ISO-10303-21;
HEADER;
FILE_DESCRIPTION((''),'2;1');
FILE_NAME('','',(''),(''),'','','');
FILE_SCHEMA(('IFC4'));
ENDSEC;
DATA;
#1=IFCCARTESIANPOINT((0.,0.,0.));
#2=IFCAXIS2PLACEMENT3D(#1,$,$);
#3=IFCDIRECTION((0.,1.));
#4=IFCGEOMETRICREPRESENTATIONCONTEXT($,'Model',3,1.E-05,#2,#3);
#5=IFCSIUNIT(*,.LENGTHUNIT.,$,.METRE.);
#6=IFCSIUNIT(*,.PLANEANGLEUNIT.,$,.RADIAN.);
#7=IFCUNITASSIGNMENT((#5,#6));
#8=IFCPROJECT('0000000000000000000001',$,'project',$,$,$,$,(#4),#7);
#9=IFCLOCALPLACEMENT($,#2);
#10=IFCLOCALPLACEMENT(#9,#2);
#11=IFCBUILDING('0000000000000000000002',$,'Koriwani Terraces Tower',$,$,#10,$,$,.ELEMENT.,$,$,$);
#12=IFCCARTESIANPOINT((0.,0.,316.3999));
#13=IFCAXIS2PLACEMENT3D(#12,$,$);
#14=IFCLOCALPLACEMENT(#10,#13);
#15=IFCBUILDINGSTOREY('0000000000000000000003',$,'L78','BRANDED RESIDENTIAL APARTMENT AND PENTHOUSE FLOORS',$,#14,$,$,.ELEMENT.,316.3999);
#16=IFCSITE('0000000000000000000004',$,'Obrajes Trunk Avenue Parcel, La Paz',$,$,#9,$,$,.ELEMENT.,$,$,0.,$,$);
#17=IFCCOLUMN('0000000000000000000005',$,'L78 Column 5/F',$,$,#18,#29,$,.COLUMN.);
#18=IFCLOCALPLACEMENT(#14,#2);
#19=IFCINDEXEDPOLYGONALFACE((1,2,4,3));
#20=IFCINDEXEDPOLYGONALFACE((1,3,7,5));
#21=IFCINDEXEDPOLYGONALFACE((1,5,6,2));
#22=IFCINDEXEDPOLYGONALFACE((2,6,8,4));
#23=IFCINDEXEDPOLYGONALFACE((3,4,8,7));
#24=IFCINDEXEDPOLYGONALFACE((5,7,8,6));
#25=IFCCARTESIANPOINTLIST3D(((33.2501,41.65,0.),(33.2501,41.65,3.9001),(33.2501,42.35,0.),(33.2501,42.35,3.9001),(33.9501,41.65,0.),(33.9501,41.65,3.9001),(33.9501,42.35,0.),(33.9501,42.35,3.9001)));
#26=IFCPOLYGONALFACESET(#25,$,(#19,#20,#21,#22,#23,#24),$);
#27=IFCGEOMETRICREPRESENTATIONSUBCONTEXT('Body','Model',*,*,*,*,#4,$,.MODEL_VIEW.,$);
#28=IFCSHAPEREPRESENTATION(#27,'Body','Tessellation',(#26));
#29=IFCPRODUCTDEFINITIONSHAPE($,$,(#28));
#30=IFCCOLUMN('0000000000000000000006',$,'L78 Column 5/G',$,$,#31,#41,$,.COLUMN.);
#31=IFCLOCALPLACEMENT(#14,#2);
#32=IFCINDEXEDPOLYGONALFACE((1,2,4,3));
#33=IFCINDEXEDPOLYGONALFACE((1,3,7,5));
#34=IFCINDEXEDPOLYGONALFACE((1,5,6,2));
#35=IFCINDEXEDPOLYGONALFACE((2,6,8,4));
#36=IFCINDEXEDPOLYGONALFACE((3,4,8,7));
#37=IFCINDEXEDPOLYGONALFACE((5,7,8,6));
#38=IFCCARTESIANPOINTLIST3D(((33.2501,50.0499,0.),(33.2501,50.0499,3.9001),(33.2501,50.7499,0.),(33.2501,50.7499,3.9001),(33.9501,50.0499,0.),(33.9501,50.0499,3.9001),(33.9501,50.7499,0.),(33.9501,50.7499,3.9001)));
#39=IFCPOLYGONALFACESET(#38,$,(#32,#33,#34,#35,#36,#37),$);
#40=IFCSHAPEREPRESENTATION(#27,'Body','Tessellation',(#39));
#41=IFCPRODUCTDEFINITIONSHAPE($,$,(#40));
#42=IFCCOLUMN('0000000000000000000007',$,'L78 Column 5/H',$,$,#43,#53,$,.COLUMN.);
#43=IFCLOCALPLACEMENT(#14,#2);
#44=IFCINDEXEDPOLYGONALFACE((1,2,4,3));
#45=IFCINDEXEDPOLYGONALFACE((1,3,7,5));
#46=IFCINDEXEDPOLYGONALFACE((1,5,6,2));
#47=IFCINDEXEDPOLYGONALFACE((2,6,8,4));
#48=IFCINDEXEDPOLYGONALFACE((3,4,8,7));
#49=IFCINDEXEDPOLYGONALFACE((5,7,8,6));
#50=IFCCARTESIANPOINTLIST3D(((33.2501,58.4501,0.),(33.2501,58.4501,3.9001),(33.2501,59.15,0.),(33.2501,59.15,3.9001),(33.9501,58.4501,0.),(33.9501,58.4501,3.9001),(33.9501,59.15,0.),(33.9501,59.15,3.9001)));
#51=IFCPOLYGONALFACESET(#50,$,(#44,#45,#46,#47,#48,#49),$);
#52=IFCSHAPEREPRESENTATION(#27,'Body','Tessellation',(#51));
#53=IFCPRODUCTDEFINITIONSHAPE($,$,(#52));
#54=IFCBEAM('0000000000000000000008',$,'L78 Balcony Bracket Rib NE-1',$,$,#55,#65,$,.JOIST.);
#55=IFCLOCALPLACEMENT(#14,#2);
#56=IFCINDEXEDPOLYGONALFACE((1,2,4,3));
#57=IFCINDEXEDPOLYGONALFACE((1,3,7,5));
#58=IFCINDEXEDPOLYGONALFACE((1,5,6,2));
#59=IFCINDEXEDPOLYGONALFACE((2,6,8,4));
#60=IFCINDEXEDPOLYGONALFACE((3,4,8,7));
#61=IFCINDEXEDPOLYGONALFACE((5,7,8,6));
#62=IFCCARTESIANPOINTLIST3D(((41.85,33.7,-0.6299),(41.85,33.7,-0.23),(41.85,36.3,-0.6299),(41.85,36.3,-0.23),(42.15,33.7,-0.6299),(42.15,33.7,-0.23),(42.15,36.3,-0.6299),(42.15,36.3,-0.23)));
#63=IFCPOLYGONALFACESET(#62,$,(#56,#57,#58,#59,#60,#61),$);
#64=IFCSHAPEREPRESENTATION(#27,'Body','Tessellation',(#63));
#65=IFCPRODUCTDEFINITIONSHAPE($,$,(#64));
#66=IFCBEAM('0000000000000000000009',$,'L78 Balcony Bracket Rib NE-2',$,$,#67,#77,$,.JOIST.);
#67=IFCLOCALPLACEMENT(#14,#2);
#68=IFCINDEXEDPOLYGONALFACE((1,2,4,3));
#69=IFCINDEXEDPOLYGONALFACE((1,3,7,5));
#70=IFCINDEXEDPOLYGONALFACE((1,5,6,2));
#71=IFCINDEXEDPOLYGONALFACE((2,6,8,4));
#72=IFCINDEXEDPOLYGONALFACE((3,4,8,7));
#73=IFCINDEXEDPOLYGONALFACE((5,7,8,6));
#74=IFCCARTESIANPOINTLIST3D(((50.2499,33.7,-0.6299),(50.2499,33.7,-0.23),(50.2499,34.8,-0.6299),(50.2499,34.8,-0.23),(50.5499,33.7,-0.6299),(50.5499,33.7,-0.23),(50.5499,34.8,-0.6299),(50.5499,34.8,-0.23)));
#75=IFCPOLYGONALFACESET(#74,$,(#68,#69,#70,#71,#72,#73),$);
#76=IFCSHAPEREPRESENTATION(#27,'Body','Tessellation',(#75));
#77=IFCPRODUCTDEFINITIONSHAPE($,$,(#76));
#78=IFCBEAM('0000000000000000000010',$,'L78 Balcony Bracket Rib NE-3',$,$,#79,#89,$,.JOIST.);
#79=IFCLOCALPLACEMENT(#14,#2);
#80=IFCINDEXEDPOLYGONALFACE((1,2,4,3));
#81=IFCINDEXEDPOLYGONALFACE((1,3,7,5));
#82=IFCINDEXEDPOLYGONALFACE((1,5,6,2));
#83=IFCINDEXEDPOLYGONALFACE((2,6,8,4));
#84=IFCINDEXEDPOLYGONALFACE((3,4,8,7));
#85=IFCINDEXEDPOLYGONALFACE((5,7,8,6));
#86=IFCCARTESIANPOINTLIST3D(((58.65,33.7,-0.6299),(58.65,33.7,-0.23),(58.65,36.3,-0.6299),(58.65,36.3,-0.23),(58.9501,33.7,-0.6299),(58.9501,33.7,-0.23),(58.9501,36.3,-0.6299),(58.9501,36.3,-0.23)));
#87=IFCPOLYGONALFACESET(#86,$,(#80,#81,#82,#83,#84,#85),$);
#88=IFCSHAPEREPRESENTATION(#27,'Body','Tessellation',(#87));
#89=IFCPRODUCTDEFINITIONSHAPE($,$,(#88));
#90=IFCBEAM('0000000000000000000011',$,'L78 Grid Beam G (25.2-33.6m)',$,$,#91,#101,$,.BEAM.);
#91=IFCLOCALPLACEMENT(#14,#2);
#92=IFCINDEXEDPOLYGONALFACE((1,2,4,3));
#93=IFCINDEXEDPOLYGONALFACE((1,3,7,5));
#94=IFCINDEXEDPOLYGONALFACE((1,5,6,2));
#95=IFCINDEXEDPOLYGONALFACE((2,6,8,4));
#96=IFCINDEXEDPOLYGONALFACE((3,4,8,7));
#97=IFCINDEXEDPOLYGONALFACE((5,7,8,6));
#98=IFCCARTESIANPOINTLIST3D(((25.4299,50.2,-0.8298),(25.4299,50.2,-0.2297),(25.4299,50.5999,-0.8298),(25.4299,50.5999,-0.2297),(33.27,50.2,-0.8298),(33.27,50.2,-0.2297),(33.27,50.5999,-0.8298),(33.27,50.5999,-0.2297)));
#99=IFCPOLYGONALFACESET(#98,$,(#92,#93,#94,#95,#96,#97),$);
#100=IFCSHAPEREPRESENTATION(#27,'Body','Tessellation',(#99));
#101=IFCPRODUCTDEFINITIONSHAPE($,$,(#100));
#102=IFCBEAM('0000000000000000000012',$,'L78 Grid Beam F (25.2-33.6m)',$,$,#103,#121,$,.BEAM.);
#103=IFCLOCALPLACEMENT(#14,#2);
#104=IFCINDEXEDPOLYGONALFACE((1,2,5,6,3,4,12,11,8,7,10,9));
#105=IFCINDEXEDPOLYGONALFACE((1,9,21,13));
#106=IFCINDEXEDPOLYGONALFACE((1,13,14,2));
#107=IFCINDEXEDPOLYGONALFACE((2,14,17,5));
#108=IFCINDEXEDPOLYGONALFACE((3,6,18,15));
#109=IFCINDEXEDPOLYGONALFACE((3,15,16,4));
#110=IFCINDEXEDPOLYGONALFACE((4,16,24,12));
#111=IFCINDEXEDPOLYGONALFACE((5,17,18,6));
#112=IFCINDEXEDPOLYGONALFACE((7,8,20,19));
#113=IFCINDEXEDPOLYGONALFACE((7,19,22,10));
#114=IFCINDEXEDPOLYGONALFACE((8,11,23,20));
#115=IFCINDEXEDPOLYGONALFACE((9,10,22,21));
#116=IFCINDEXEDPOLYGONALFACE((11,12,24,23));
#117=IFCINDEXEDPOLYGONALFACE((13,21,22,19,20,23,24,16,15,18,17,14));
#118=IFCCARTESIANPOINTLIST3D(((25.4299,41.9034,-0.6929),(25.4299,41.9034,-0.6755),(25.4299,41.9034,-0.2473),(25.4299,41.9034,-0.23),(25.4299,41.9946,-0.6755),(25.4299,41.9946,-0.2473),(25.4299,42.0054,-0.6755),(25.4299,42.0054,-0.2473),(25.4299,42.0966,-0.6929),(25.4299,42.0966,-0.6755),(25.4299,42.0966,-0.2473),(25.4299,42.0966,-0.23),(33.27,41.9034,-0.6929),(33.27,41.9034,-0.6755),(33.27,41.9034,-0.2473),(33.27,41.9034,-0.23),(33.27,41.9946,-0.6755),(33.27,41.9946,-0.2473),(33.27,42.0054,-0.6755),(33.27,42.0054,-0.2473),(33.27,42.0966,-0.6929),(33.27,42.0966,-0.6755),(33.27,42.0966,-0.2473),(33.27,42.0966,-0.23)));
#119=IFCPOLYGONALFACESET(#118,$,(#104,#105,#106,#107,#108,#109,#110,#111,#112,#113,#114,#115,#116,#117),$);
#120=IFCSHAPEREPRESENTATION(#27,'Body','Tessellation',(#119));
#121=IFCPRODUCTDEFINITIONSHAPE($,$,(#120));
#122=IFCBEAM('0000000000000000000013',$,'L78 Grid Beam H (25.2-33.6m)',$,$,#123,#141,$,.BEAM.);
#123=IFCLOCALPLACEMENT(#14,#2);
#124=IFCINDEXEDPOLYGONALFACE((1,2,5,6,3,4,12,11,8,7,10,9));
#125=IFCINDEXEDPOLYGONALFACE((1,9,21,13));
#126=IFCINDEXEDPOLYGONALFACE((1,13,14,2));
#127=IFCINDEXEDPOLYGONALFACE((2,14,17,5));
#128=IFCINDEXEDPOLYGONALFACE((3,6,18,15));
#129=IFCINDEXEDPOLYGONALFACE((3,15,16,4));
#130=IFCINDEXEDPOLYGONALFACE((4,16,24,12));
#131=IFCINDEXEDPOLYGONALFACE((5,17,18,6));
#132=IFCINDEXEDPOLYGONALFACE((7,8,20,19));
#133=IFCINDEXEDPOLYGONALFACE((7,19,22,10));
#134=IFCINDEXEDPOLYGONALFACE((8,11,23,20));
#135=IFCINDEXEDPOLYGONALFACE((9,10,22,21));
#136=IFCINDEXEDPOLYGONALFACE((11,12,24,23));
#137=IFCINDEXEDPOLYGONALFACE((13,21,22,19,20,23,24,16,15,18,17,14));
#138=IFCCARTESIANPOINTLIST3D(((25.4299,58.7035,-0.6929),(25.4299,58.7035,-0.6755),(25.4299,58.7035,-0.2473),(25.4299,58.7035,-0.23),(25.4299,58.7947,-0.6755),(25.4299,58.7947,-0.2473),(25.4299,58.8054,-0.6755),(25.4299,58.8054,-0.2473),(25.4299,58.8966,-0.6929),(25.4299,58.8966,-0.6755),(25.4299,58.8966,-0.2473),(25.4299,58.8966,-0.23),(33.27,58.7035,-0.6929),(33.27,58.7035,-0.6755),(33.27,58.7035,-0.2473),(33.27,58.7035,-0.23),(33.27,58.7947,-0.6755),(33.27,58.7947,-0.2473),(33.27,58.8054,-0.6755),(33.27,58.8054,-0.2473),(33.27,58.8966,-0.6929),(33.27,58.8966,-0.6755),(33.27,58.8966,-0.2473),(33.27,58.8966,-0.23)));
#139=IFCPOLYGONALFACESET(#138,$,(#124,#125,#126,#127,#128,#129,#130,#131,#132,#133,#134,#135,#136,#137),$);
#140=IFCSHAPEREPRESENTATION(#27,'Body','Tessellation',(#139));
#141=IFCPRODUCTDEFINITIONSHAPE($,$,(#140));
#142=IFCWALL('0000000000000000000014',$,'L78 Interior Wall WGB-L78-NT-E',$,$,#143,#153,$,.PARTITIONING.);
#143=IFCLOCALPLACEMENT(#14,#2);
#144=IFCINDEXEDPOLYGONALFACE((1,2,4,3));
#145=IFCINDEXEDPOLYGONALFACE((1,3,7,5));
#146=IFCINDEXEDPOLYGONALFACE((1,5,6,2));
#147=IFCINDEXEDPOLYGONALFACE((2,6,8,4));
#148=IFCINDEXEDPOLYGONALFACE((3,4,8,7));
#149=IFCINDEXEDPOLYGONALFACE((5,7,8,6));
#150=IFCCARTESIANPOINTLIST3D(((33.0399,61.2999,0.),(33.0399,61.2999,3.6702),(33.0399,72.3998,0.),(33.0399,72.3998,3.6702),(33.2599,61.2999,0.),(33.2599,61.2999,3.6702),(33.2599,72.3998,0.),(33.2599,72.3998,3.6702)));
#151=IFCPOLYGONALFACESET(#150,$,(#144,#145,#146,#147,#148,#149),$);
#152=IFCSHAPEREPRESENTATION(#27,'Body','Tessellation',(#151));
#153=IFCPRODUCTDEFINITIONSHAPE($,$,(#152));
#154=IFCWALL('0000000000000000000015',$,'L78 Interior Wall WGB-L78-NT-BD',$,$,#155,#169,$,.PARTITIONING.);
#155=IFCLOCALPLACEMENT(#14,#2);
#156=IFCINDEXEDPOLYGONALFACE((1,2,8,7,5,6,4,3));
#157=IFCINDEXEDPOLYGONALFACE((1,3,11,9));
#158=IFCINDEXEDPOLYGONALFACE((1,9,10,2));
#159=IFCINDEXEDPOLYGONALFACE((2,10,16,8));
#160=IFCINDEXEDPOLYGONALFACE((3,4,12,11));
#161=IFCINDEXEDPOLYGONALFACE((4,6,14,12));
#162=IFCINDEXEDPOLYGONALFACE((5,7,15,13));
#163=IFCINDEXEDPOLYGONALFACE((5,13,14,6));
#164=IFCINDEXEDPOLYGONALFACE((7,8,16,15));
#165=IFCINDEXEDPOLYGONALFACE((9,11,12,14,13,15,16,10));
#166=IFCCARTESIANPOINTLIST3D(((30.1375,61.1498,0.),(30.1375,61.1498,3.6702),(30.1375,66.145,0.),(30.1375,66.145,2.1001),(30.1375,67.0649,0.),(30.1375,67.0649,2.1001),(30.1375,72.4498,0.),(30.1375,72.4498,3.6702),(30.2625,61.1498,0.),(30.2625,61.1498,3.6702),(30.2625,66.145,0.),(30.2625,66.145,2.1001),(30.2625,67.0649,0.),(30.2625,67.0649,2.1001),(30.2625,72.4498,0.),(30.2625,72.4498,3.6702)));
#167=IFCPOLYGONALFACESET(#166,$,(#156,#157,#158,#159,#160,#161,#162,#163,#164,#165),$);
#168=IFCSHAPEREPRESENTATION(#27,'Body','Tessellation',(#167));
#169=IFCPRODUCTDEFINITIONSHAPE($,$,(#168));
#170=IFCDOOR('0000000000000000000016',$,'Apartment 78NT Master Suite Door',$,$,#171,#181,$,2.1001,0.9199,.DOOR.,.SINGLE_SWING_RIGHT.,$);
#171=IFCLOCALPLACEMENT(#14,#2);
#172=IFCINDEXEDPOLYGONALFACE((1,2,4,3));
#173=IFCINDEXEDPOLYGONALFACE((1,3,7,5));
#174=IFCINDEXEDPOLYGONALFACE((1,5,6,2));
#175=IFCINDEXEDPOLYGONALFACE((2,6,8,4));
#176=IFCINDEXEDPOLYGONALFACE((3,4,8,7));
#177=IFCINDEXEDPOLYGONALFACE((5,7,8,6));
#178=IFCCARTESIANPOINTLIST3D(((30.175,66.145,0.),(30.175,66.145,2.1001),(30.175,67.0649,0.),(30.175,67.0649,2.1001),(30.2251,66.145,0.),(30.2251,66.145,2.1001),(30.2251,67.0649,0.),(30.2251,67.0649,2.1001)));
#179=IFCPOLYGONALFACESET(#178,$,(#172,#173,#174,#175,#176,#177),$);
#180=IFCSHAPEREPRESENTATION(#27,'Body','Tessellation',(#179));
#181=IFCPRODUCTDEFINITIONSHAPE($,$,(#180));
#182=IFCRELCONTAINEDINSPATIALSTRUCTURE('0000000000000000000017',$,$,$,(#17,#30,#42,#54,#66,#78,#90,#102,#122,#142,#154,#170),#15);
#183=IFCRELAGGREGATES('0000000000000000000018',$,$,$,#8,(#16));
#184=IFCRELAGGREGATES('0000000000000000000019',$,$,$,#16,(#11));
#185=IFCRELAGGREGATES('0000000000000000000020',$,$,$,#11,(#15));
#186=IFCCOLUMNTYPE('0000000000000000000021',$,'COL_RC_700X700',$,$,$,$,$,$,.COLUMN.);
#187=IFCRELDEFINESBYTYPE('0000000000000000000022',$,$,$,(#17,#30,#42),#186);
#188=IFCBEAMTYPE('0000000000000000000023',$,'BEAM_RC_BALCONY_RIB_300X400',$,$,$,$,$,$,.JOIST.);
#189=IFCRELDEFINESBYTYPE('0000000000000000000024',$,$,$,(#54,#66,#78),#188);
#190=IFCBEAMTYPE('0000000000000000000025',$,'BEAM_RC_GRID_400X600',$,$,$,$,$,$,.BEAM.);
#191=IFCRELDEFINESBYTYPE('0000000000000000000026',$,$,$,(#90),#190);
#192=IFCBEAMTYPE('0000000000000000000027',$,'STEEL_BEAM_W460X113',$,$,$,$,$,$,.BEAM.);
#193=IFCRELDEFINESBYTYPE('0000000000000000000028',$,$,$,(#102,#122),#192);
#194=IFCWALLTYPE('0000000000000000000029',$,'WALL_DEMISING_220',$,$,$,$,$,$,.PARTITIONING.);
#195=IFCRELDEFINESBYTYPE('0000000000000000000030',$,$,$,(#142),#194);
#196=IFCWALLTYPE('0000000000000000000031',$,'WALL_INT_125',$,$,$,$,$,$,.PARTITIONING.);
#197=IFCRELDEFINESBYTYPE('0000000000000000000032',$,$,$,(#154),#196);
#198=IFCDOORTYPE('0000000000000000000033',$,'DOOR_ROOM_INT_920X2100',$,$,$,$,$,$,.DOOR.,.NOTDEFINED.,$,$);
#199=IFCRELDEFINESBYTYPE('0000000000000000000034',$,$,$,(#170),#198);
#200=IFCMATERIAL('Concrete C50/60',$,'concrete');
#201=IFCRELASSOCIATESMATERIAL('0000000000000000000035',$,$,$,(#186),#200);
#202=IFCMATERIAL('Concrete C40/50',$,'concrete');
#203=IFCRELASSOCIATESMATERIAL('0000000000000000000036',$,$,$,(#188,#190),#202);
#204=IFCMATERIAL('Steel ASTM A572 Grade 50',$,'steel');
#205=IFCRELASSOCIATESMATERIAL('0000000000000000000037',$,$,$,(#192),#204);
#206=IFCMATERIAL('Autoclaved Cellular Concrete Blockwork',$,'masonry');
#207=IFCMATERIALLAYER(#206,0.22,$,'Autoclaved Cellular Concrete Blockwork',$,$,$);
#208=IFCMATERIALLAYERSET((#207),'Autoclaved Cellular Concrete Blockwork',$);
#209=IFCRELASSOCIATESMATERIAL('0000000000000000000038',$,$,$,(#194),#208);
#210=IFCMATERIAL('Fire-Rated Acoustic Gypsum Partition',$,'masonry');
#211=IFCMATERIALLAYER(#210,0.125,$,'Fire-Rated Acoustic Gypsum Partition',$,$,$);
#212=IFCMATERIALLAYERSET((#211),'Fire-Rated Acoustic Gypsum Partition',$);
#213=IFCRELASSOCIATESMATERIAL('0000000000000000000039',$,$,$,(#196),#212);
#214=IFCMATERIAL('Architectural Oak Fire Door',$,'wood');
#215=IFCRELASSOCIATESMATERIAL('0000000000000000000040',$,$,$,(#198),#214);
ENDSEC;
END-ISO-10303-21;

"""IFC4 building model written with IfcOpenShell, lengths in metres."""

from ifc_helpers import new_model, si_unit, direction, frame, frame_2d, origin, origin_2d, place, context, subcontext, project, spatial, rectangle, i_section, extrude, material, layer, layer_set, material_profile, profile_set, type_object, element, fill, save


model = new_model("IFC4")

# Units and contexts
model_context = context("Model", 3, precision=1e-05, world=origin(), true_north=direction((0.0, 1.0)))
body_context = subcontext(model_context, "Body", "Model", "MODEL_VIEW")
ifc_project = project(units=[si_unit("LENGTHUNIT", "METRE"), si_unit("PLANEANGLEUNIT", "RADIAN")], contexts=[model_context])

# Site, building, storey
site_placement = place(None, origin())
site = spatial("IfcSite", under=ifc_project, at=site_placement, Name="Obrajes Trunk Avenue Parcel, La Paz", CompositionType="ELEMENT", RefElevation=0.0)
building_placement = place(site_placement, origin())
building = spatial("IfcBuilding", under=site, at=building_placement, Name="Koriwani Terraces Tower", CompositionType="ELEMENT")
storey_placement = place(building_placement, frame((0.0, 0.0, 316.3999)))
storey = spatial("IfcBuildingStorey", under=building, at=storey_placement, Name="L78", Description="BRANDED RESIDENTIAL APARTMENT AND PENTHOUSE FLOORS", CompositionType="ELEMENT", Elevation=316.3999)

# Columns
ifc_material_1 = material(Name="Concrete C50/60", Category="concrete")
ifc_material_profile_1 = material_profile(ifc_material_1, rectangle(XDim=0.7, YDim=0.7, at=origin_2d()), Name="Concrete C50/60", Category="LoadBearing")
ifc_profile_set_1 = profile_set([ifc_material_profile_1], Name="Concrete C50/60")
column_type = type_object("IfcColumnType", Name="COL_RC_700X700", PredefinedType="COLUMN", material=ifc_profile_set_1)
for number, where, z_axis, x_axis, name in (
    (1, (33.6001, 42.0, 0.0), (0.0, 0.0, 1.0), (1.0, 0.0, 0.0), "L78 Column 5/F"),
    (2, (33.6001, 50.3999, 0.0), (0.0, 0.0, 1.0), (1.0, 0.0, 0.0), "L78 Column 5/G"),
    (3, (33.6001, 58.8, 0.0), (0.0, 0.0, 1.0), (1.0, 0.0, 0.0), "L78 Column 5/H"),
):
    element("IfcColumn", number, at=place(storey_placement, frame(where, z_axis=z_axis, x_axis=x_axis)), inside=storey, type_object=column_type, Name=name, PredefinedType="COLUMN", context=body_context, shape_type="SweptSolid", body=[
        extrude(rectangle(XDim=0.7, YDim=0.7, at=origin_2d()), origin(), (0.0, 0.0, 1.0), 3.9001),
    ])

# Beams
ifc_material_2 = material(Name="Concrete C40/50", Category="concrete")
ifc_material_profile_2 = material_profile(ifc_material_2, rectangle(XDim=0.3, YDim=0.3999, at=origin_2d()), Name="Concrete C40/50", Category="LoadBearing")
ifc_profile_set_2 = profile_set([ifc_material_profile_2], Name="Concrete C40/50")
beam_type_1 = type_object("IfcBeamType", Name="BEAM_RC_BALCONY_RIB_300X400", PredefinedType="JOIST", material=ifc_profile_set_2)
beam_1_placement = place(storey_placement, frame((42.0, 33.7, -0.4299), z_axis=(0.0, 1.0, 0.0), x_axis=(-1.0, 0.0, 0.0)))
element("IfcBeam", 4, at=beam_1_placement, inside=storey, type_object=beam_type_1, Name="L78 Balcony Bracket Rib NE-1", PredefinedType="JOIST", context=body_context, shape_type="SweptSolid", body=[
    extrude(rectangle(XDim=0.3, YDim=0.3999, at=origin_2d()), origin(), (0.0, 0.0, 1.0), 2.6001),
])
beam_2_placement = place(storey_placement, frame((50.3999, 33.7, -0.4299), z_axis=(0.0, 1.0, 0.0), x_axis=(-1.0, 0.0, 0.0)))
element("IfcBeam", 5, at=beam_2_placement, inside=storey, type_object=beam_type_1, Name="L78 Balcony Bracket Rib NE-2", PredefinedType="JOIST", context=body_context, shape_type="SweptSolid", body=[
    extrude(rectangle(XDim=0.3, YDim=0.3999, at=origin_2d()), origin(), (0.0, 0.0, 1.0), 1.1001),
])
beam_3_placement = place(storey_placement, frame((58.8, 33.7, -0.4299), z_axis=(0.0, 1.0, 0.0), x_axis=(-1.0, 0.0, 0.0)))
element("IfcBeam", 6, at=beam_3_placement, inside=storey, type_object=beam_type_1, Name="L78 Balcony Bracket Rib NE-3", PredefinedType="JOIST", context=body_context, shape_type="SweptSolid", body=[
    extrude(rectangle(XDim=0.3, YDim=0.3999, at=origin_2d()), origin(), (0.0, 0.0, 1.0), 2.6001),
])
ifc_material_profile_3 = material_profile(ifc_material_2, rectangle(XDim=0.3999, YDim=0.6001, at=origin_2d()), Name="Concrete C40/50", Category="LoadBearing")
ifc_profile_set_3 = profile_set([ifc_material_profile_3], Name="Concrete C40/50")
beam_type_2 = type_object("IfcBeamType", Name="BEAM_RC_GRID_400X600", PredefinedType="BEAM", material=ifc_profile_set_3)
beam_4_placement = place(storey_placement, frame((25.4299, 50.3999, -0.5298), z_axis=(1.0, 0.0, 0.0), x_axis=(0.0, 1.0, 0.0)))
element("IfcBeam", 7, at=beam_4_placement, inside=storey, type_object=beam_type_2, Name="L78 Grid Beam G (25.2-33.6m)", PredefinedType="BEAM", context=body_context, shape_type="SweptSolid", body=[
    extrude(rectangle(XDim=0.3999, YDim=0.6001, at=origin_2d()), origin(), (0.0, 0.0, 1.0), 7.8401),
])
ifc_material_3 = material(Name="Steel ASTM A572 Grade 50", Category="steel")
ifc_material_profile_4 = material_profile(ifc_material_3, i_section(OverallWidth=0.1931, OverallDepth=0.4629, WebThickness=0.0107, FlangeThickness=0.0173, at=origin_2d()), Name="Steel ASTM A572 Grade 50", Category="LoadBearing")
ifc_profile_set_4 = profile_set([ifc_material_profile_4], Name="Steel ASTM A572 Grade 50")
beam_type_3 = type_object("IfcBeamType", Name="STEEL_BEAM_W460X113", PredefinedType="BEAM", material=ifc_profile_set_4)
for number, where, z_axis, x_axis, name in (
    (8, (25.4299, 42.0, -0.4614), (1.0, 0.0, 0.0), (0.0, 1.0, 0.0), "L78 Grid Beam F (25.2-33.6m)"),
    (9, (25.4299, 58.8, -0.4614), (1.0, 0.0, 0.0), (0.0, 1.0, 0.0), "L78 Grid Beam H (25.2-33.6m)"),
):
    element("IfcBeam", number, at=place(storey_placement, frame(where, z_axis=z_axis, x_axis=x_axis)), inside=storey, type_object=beam_type_3, Name=name, PredefinedType="BEAM", context=body_context, shape_type="SweptSolid", body=[
        extrude(i_section(OverallWidth=0.1931, OverallDepth=0.4629, WebThickness=0.0107, FlangeThickness=0.0173, at=origin_2d()), origin(), (0.0, 0.0, 1.0), 7.8401),
    ])

# Wall
ifc_material_4 = material(Name="Autoclaved Cellular Concrete Blockwork", Category="masonry")
ifc_layer_1 = layer(ifc_material_4, 0.22, Name="Autoclaved Cellular Concrete Blockwork")
ifc_layer_set_1 = layer_set([ifc_layer_1], Name="Autoclaved Cellular Concrete Blockwork")
wall_type_1 = type_object("IfcWallType", Name="WALL_DEMISING_220", PredefinedType="PARTITIONING", material=ifc_layer_set_1)
wall_1_placement = place(storey_placement, frame((33.1499, 61.3, 0.0), z_axis=(0.0, 0.0, 1.0), x_axis=(0.0, 1.0, 0.0)))
element("IfcWall", 10, at=wall_1_placement, inside=storey, type_object=wall_type_1, Name="L78 Interior Wall WGB-L78-NT-E", PredefinedType="PARTITIONING", context=body_context, shape_type="SweptSolid", body=[
    extrude(rectangle(XDim=11.0999, YDim=0.22, at=frame_2d((5.5498, 0.0))), origin(), (0.0, 0.0, 1.0), 3.6702),
])

# Wall, opening, door
ifc_material_5 = material(Name="Fire-Rated Acoustic Gypsum Partition", Category="masonry")
ifc_layer_2 = layer(ifc_material_5, 0.125, Name="Fire-Rated Acoustic Gypsum Partition")
ifc_layer_set_2 = layer_set([ifc_layer_2], Name="Fire-Rated Acoustic Gypsum Partition")
wall_type_2 = type_object("IfcWallType", Name="WALL_INT_125", PredefinedType="PARTITIONING", material=ifc_layer_set_2)
wall_2_placement = place(storey_placement, frame((30.2, 61.1499, 0.0), z_axis=(0.0, 0.0, 1.0), x_axis=(0.0, 1.0, 0.0)))
wall_2 = element("IfcWall", 11, at=wall_2_placement, inside=storey, type_object=wall_type_2, Name="L78 Interior Wall WGB-L78-NT-BD", PredefinedType="PARTITIONING", context=body_context, shape_type="SweptSolid", body=[
    extrude(rectangle(XDim=11.3, YDim=0.125, at=frame_2d((5.6499, 0.0))), origin(), (0.0, 0.0, 1.0), 3.6702),
])
opening_1_placement = place(wall_2_placement, frame((4.9951, 0.0, 0.0)))
opening_1 = element("IfcOpeningElement", 12, at=opening_1_placement, cuts=wall_2, PredefinedType="OPENING", context=body_context, shape_type="SweptSolid", body=[
    extrude(rectangle(XDim=0.9199, YDim=2.1001, at=frame_2d((0.46, 1.05))), frame((0.0, 0.0725, 0.0), z_axis=(0.0, -1.0, 0.0), x_axis=(1.0, 0.0, 0.0)), (0.0, 0.0, 1.0), 0.145),
])
ifc_material_6 = material(Name="Architectural Oak Fire Door", Category="wood")
door_type_1 = type_object("IfcDoorType", Name="DOOR_ROOM_INT_920X2100", OperationType="NOTDEFINED", PredefinedType="DOOR", material=ifc_material_6)
door_1_placement = place(opening_1_placement, origin())
door_1 = element("IfcDoor", 13, at=door_1_placement, inside=storey, type_object=door_type_1, Name="Apartment 78NT Master Suite Door", OperationType="SINGLE_SWING_RIGHT", OverallHeight=2.1001, OverallWidth=0.9199, PredefinedType="DOOR", context=body_context, shape_type="SweptSolid", body=[
    extrude(rectangle(XDim=0.9199, YDim=2.1001, at=frame_2d((0.46, 1.05))), frame((0.0, 0.0249, 0.0), z_axis=(0.0, -1.0, 0.0), x_axis=(1.0, 0.0, 0.0)), (0.0, 0.0, 1.0), 0.05),
])
fill(opening_1, door_1)

save(model, "model.ifc")
